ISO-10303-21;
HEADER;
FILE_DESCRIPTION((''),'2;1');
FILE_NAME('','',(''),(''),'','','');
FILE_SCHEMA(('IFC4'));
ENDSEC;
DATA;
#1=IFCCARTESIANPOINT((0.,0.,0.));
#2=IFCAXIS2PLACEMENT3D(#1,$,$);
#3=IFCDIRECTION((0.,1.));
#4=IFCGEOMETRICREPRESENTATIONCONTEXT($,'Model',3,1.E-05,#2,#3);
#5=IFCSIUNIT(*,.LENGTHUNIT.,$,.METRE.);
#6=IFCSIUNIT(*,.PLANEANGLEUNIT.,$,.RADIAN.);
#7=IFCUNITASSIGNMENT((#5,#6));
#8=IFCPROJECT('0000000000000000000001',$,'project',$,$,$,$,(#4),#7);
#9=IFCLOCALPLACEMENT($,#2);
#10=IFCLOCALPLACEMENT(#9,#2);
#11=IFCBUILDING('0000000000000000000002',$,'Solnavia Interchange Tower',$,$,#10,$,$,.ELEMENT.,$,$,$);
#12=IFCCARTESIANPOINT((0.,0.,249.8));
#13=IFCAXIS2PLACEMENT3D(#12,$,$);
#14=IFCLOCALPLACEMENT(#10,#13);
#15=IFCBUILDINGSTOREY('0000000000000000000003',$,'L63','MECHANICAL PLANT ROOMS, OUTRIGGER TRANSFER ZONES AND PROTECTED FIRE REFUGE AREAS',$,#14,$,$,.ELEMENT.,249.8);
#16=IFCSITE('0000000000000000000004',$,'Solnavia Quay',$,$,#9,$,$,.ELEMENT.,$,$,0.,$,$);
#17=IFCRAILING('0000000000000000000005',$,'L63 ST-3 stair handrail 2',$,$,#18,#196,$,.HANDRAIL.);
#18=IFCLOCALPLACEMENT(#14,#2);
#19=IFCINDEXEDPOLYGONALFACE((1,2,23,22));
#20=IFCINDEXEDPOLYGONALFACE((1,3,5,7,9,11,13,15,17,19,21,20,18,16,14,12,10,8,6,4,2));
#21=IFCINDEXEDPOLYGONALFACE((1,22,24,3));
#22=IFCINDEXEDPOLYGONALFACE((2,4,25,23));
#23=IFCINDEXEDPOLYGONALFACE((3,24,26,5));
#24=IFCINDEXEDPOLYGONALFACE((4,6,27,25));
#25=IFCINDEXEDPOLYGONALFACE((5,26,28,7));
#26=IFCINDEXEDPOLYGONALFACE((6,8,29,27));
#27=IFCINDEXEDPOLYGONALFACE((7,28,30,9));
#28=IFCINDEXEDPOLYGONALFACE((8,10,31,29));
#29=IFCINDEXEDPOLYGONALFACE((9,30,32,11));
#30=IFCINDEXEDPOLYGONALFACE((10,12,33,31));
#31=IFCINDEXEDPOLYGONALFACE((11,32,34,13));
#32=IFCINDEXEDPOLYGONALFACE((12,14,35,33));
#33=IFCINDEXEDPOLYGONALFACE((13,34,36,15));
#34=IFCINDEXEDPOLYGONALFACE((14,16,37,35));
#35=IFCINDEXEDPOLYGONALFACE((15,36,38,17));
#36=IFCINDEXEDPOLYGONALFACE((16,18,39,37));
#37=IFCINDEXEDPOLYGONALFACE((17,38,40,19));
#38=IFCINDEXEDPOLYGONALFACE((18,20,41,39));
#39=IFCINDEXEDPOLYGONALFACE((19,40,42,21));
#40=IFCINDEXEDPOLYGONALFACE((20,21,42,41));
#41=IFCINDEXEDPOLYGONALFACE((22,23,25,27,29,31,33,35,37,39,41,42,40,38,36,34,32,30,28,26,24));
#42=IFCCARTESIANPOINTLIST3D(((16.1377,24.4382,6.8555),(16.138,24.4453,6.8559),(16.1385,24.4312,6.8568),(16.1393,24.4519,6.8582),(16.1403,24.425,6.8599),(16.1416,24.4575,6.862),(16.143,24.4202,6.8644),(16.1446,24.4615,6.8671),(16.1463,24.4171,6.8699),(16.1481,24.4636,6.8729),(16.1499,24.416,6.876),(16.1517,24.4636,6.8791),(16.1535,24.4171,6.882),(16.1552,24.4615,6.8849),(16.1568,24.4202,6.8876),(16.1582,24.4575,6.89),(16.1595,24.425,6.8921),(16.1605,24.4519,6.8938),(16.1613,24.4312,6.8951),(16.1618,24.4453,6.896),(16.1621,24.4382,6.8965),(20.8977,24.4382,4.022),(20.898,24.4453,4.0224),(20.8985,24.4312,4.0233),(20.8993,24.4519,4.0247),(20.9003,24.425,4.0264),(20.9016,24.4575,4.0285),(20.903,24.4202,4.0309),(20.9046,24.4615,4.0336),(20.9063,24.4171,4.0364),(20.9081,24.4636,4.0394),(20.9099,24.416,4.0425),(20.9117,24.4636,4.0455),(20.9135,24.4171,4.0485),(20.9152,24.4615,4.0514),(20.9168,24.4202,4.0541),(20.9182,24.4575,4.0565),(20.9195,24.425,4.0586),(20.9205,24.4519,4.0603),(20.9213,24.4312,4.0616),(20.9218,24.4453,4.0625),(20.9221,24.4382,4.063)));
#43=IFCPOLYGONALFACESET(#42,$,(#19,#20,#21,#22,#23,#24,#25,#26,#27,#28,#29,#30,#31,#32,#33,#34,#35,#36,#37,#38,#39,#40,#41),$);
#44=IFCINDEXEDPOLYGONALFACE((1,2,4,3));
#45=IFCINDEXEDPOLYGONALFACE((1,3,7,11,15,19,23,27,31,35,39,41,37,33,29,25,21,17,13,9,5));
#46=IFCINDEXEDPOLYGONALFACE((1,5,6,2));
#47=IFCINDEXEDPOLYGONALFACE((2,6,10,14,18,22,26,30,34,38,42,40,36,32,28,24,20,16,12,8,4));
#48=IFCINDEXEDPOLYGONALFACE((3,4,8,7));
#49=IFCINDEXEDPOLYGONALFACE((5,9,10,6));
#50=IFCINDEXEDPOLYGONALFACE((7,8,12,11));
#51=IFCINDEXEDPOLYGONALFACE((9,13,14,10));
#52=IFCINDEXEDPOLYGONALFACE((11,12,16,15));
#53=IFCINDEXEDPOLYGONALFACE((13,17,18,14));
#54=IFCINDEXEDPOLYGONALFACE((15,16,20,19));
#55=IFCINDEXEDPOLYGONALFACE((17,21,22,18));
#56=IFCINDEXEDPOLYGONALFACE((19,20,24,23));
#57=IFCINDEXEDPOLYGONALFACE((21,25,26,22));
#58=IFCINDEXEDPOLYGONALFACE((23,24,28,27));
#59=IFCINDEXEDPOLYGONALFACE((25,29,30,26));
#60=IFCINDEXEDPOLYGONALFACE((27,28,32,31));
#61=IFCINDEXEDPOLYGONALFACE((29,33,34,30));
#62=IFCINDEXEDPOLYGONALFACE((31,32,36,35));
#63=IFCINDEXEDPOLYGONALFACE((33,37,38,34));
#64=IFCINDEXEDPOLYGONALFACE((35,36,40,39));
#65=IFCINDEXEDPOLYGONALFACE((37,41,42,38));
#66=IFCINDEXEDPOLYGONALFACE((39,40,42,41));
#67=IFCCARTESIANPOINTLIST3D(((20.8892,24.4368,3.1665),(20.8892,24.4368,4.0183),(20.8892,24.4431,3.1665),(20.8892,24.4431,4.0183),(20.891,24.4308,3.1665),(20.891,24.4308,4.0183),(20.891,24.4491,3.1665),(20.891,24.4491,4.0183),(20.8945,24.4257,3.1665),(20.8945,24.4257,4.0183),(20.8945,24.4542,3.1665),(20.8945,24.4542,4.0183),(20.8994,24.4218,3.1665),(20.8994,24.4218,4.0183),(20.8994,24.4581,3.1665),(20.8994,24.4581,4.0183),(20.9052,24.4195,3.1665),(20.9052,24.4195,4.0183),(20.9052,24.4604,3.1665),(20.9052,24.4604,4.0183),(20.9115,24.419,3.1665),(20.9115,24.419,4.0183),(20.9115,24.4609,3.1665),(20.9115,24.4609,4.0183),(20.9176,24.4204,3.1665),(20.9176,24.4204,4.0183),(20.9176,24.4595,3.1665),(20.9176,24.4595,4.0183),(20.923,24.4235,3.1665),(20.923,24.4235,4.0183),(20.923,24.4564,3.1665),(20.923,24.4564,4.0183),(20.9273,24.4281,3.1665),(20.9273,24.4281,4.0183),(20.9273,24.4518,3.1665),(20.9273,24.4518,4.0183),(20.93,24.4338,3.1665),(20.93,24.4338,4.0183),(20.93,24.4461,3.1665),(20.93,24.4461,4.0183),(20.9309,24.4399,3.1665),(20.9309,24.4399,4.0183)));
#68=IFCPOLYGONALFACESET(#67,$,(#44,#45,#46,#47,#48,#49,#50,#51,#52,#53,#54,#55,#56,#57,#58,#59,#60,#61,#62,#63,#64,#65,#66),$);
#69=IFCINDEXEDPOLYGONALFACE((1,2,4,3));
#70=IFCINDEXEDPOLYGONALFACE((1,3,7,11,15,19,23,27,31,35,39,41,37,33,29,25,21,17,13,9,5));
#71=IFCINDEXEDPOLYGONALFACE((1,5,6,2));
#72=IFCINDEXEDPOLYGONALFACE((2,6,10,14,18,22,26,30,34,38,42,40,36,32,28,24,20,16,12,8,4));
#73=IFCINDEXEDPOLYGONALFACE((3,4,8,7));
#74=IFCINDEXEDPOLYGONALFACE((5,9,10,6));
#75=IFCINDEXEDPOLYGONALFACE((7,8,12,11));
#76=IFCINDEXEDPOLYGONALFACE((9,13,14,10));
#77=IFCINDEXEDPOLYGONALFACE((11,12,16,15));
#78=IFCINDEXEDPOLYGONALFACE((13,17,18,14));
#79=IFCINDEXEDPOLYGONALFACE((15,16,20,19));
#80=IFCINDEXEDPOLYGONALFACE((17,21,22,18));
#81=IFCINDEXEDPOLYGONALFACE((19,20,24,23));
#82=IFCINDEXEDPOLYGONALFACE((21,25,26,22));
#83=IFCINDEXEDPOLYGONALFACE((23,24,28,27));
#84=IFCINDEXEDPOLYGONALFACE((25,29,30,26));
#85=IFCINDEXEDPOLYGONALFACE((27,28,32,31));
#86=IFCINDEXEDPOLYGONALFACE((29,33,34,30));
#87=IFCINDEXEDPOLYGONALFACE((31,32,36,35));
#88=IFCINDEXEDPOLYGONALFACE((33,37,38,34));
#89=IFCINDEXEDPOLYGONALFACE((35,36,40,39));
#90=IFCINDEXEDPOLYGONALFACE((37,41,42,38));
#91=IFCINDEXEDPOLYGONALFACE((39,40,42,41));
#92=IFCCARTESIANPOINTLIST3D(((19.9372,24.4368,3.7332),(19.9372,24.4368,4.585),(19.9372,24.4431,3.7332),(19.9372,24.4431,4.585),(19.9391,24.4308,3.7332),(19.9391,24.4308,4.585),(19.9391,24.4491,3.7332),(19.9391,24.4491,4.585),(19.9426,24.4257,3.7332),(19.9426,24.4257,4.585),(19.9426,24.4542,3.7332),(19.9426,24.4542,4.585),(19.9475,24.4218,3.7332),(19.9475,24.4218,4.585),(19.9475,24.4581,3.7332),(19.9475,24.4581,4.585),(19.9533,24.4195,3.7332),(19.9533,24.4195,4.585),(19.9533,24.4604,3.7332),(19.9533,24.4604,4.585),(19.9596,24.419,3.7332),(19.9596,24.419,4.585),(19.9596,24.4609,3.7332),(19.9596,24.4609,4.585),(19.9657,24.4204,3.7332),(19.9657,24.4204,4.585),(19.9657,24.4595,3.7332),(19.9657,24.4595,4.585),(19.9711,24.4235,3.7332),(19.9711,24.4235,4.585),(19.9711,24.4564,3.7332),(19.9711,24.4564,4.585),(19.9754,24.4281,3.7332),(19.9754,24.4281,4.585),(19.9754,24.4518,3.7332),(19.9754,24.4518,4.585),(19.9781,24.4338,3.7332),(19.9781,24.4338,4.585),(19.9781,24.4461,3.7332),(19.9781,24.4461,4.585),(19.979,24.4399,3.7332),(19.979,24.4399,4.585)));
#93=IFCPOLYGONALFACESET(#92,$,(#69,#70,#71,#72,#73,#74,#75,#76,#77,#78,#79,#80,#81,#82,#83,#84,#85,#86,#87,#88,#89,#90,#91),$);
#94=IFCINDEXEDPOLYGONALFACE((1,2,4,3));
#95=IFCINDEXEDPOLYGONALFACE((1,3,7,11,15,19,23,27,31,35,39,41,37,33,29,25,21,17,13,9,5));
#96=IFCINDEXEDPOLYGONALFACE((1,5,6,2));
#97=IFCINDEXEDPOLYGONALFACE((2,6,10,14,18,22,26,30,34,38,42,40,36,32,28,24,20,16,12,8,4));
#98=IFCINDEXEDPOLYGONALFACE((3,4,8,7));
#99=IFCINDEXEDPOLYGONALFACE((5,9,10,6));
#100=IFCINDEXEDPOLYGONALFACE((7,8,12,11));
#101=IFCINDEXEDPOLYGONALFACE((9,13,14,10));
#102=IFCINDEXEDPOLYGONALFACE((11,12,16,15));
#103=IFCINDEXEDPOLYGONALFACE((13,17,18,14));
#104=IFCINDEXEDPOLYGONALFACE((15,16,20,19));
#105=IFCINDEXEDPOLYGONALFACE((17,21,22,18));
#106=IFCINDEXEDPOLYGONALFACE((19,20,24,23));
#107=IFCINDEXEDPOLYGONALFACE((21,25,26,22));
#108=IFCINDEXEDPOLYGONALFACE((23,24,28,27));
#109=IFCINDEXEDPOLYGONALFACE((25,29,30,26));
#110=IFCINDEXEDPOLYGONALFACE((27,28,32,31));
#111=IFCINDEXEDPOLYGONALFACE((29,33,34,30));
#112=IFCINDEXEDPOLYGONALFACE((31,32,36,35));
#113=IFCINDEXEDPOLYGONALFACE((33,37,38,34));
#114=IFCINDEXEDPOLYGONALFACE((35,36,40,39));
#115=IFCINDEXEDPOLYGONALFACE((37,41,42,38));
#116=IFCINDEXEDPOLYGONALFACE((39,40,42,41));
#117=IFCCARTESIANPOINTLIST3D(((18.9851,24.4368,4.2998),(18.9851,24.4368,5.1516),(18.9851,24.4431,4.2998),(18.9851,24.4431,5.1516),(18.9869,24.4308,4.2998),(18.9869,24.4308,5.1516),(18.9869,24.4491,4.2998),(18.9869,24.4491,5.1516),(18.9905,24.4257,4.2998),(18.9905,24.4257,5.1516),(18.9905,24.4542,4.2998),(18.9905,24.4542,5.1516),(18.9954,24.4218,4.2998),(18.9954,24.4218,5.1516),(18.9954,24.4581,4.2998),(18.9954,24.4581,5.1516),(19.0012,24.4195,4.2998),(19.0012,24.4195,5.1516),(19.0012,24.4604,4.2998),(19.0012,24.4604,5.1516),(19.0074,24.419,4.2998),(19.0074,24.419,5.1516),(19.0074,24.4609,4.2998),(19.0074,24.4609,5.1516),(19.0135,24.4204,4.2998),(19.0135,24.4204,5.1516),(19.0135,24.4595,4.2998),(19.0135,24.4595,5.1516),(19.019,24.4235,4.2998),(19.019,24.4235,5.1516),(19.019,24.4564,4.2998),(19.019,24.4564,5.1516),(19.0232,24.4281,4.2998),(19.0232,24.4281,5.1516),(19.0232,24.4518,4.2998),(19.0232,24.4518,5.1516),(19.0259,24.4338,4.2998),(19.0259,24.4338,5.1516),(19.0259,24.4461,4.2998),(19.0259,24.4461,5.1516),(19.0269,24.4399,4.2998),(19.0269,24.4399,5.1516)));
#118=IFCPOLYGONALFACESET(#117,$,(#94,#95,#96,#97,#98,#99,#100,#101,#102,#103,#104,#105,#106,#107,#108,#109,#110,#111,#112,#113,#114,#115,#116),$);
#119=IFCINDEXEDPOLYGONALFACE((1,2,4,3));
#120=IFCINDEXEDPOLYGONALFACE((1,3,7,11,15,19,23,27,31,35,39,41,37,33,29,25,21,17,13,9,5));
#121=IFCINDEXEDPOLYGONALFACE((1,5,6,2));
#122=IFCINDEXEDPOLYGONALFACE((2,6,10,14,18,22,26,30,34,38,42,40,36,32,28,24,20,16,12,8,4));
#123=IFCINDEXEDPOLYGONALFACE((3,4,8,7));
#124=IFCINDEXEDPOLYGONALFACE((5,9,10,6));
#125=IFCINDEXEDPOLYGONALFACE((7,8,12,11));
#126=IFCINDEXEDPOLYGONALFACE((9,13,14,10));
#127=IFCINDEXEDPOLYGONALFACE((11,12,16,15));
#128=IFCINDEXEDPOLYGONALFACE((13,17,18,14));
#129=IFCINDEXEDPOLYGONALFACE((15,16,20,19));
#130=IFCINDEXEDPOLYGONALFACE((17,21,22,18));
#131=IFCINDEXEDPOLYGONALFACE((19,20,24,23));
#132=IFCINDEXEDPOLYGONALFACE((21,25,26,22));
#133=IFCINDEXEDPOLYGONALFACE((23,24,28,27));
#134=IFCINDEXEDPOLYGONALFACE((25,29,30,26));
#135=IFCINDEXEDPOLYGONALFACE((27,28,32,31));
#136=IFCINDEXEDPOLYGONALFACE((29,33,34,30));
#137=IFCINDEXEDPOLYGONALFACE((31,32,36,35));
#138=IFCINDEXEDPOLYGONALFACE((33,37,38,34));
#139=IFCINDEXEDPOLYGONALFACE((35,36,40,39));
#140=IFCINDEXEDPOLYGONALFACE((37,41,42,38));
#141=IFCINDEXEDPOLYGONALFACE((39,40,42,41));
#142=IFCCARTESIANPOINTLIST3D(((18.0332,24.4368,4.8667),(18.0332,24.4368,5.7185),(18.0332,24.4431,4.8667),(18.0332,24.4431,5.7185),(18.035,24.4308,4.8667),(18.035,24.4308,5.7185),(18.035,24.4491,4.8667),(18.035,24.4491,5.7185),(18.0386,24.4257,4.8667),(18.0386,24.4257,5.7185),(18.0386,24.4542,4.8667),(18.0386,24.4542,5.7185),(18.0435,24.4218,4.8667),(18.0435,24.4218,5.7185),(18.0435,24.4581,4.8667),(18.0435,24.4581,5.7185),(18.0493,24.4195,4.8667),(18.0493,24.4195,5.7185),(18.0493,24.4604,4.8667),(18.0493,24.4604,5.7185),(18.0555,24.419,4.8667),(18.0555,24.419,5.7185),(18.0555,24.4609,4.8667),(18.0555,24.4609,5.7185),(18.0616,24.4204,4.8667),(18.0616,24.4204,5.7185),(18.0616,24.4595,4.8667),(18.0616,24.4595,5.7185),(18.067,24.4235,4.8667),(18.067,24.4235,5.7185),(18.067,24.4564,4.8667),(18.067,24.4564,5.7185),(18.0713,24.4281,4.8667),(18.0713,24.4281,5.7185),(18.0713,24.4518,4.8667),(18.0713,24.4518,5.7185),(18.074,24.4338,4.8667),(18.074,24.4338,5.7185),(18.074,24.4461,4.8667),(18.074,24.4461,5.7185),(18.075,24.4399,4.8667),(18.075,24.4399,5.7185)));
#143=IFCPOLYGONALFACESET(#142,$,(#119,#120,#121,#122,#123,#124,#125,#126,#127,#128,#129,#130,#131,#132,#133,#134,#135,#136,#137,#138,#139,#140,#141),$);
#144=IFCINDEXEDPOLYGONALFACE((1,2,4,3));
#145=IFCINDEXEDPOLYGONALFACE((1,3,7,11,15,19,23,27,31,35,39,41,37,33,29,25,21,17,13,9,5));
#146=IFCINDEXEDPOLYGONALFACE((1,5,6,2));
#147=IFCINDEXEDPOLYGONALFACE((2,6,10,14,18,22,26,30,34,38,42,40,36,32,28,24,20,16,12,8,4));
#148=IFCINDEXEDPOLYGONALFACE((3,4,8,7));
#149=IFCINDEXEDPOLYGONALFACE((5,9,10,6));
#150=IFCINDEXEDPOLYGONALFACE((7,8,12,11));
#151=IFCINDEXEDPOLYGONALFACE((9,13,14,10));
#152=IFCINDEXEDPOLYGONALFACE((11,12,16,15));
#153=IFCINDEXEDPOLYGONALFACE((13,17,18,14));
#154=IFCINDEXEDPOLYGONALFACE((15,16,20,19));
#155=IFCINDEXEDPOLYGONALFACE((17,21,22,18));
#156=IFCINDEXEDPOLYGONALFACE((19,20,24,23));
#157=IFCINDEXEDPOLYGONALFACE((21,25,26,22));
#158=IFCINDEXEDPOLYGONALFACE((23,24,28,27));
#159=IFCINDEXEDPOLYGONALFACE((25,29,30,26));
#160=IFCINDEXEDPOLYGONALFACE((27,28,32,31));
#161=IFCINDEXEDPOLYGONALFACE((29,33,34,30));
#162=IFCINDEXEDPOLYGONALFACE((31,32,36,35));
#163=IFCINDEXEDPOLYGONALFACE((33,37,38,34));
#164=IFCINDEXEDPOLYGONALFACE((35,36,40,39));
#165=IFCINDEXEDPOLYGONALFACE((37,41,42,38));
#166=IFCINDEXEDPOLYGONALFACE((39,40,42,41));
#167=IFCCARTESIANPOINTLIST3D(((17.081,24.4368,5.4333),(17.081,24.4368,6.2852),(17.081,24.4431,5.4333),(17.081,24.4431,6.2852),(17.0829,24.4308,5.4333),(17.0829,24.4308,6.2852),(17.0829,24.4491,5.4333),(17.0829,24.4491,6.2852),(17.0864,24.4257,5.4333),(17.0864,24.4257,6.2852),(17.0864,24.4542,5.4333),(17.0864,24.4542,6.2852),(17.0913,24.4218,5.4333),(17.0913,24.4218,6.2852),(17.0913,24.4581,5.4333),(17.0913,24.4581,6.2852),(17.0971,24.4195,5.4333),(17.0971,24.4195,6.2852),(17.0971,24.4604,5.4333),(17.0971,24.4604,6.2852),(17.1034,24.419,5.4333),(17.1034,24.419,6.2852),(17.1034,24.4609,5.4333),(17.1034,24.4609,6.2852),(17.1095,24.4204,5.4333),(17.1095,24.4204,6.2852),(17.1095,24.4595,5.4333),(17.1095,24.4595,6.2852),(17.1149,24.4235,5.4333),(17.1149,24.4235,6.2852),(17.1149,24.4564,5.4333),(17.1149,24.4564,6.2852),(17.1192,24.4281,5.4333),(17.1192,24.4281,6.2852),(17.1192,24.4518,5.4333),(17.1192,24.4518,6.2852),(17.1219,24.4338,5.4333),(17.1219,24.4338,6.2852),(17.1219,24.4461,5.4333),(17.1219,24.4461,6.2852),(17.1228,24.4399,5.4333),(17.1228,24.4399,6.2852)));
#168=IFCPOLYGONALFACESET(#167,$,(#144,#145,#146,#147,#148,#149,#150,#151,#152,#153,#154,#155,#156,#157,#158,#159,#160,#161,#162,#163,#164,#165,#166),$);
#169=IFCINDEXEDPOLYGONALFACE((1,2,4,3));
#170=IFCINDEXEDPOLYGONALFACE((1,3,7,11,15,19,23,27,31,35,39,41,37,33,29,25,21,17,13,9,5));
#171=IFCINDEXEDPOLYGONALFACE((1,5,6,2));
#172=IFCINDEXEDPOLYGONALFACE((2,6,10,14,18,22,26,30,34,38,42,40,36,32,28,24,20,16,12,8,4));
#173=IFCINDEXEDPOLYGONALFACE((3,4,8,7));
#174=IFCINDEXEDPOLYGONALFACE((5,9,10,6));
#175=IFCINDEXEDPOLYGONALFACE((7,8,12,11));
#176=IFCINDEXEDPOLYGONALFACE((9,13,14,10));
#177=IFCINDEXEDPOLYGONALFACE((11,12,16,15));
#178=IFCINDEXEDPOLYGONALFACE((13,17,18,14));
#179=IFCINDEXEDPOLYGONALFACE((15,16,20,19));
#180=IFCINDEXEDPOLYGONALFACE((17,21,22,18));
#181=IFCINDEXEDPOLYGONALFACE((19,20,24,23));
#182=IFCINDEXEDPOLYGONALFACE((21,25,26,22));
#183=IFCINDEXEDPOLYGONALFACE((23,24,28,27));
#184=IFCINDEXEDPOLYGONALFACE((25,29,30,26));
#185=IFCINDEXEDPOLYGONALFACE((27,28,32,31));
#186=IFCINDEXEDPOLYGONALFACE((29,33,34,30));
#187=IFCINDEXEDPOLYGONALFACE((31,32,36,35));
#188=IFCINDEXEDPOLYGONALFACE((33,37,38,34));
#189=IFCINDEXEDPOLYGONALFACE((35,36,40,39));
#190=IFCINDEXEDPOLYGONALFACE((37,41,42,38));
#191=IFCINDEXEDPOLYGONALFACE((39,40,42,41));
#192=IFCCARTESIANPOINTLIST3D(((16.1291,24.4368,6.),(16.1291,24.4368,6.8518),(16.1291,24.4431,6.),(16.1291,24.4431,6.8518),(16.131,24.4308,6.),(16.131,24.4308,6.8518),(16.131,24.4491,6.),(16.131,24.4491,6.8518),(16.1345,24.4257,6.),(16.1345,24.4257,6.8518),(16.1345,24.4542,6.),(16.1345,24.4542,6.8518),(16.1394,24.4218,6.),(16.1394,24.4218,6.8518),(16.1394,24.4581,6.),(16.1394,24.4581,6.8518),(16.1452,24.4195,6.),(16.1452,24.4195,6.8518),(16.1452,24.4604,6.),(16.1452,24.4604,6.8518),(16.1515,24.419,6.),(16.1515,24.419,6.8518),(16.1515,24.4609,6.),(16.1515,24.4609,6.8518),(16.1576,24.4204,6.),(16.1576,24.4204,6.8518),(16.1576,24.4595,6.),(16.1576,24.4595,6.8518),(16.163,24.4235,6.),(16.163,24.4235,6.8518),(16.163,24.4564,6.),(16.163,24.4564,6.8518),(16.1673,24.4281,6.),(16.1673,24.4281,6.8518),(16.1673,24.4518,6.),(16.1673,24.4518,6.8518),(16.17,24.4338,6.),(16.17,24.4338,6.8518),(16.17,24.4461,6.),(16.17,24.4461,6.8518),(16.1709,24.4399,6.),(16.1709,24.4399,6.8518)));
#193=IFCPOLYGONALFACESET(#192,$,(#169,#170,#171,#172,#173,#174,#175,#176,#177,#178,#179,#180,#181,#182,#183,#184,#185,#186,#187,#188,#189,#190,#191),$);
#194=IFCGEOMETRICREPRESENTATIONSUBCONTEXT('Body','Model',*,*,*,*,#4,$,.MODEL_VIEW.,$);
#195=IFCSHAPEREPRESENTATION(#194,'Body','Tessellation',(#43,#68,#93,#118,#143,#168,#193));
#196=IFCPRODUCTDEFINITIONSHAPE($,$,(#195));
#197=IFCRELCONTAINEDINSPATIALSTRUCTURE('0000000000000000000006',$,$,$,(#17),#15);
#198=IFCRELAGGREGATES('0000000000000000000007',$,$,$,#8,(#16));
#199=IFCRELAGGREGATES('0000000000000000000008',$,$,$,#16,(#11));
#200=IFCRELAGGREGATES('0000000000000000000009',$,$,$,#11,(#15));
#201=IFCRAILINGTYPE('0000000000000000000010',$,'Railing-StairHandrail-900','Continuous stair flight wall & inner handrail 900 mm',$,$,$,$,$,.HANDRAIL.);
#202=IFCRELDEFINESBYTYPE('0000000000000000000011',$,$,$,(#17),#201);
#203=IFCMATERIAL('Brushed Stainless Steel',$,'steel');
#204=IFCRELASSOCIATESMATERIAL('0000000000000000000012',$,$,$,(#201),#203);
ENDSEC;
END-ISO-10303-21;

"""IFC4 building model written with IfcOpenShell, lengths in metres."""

from ifc_helpers import new_model, si_unit, direction, frame, origin, origin_2d, place, context, subcontext, project, spatial, circle, extrude, material, type_object, element, save


model = new_model("IFC4")

# Units and contexts
model_context = context("Model", 3, precision=1e-05, world=origin(), true_north=direction((0.0, 1.0)))
body_context = subcontext(model_context, "Body", "Model", "MODEL_VIEW")
ifc_project = project(units=[si_unit("LENGTHUNIT", "METRE"), si_unit("PLANEANGLEUNIT", "RADIAN")], contexts=[model_context])

# Site, building, storey
site_placement = place(None, origin())
site = spatial("IfcSite", under=ifc_project, at=site_placement, Name="Solnavia Quay", CompositionType="ELEMENT", RefElevation=0.0)
building_placement = place(site_placement, origin())
building = spatial("IfcBuilding", under=site, at=building_placement, Name="Solnavia Interchange Tower", CompositionType="ELEMENT")
storey_placement = place(building_placement, frame((0.0, 0.0, 249.8)))
storey = spatial("IfcBuildingStorey", under=building, at=storey_placement, Name="L63", Description="MECHANICAL PLANT ROOMS, OUTRIGGER TRANSFER ZONES AND PROTECTED FIRE REFUGE AREAS", CompositionType="ELEMENT", Elevation=249.8)

# Railing
ifc_material_1 = material(Name="Brushed Stainless Steel", Category="steel")
railing_type_1 = type_object("IfcRailingType", Name="Railing-StairHandrail-900", Description="Continuous stair flight wall & inner handrail 900 mm", PredefinedType="HANDRAIL", material=ifc_material_1)
railing_1_placement = place(storey_placement, frame((20.9099, 24.4399, 3.1665)))
element("IfcRailing", 1, at=railing_1_placement, inside=storey, type_object=railing_type_1, Name="L63 ST-3 stair handrail 2", PredefinedType="HANDRAIL", context=body_context, shape_type="SweptSolid", body=[
    extrude(circle(Radius=0.0239, at=origin_2d()), frame((0.0, 0.0, 0.876), z_axis=(-0.85928, 0.0, 0.511505), x_axis=(0.0, -1.0, 0.0)), (0.0, 0.0, 1.0), 5.5396),
    extrude(circle(Radius=0.021, at=origin_2d()), origin(), (0.0, 0.0, 1.0), 0.8518),
    extrude(circle(Radius=0.021, at=origin_2d()), frame((-0.9519, 0.0, 0.5667)), (0.0, 0.0, 1.0), 0.8518),
    extrude(circle(Radius=0.021, at=origin_2d()), frame((-1.9041, 0.0, 1.1333)), (0.0, 0.0, 1.0), 0.8518),
    extrude(circle(Radius=0.021, at=origin_2d()), frame((-2.856, 0.0, 1.7002)), (0.0, 0.0, 1.0), 0.8518),
    extrude(circle(Radius=0.021, at=origin_2d()), frame((-3.8081, 0.0, 2.2668)), (0.0, 0.0, 1.0), 0.8518),
    extrude(circle(Radius=0.021, at=origin_2d()), frame((-4.76, 0.0, 2.8335)), (0.0, 0.0, 1.0), 0.8518),
])

save(model, "model.ifc")
